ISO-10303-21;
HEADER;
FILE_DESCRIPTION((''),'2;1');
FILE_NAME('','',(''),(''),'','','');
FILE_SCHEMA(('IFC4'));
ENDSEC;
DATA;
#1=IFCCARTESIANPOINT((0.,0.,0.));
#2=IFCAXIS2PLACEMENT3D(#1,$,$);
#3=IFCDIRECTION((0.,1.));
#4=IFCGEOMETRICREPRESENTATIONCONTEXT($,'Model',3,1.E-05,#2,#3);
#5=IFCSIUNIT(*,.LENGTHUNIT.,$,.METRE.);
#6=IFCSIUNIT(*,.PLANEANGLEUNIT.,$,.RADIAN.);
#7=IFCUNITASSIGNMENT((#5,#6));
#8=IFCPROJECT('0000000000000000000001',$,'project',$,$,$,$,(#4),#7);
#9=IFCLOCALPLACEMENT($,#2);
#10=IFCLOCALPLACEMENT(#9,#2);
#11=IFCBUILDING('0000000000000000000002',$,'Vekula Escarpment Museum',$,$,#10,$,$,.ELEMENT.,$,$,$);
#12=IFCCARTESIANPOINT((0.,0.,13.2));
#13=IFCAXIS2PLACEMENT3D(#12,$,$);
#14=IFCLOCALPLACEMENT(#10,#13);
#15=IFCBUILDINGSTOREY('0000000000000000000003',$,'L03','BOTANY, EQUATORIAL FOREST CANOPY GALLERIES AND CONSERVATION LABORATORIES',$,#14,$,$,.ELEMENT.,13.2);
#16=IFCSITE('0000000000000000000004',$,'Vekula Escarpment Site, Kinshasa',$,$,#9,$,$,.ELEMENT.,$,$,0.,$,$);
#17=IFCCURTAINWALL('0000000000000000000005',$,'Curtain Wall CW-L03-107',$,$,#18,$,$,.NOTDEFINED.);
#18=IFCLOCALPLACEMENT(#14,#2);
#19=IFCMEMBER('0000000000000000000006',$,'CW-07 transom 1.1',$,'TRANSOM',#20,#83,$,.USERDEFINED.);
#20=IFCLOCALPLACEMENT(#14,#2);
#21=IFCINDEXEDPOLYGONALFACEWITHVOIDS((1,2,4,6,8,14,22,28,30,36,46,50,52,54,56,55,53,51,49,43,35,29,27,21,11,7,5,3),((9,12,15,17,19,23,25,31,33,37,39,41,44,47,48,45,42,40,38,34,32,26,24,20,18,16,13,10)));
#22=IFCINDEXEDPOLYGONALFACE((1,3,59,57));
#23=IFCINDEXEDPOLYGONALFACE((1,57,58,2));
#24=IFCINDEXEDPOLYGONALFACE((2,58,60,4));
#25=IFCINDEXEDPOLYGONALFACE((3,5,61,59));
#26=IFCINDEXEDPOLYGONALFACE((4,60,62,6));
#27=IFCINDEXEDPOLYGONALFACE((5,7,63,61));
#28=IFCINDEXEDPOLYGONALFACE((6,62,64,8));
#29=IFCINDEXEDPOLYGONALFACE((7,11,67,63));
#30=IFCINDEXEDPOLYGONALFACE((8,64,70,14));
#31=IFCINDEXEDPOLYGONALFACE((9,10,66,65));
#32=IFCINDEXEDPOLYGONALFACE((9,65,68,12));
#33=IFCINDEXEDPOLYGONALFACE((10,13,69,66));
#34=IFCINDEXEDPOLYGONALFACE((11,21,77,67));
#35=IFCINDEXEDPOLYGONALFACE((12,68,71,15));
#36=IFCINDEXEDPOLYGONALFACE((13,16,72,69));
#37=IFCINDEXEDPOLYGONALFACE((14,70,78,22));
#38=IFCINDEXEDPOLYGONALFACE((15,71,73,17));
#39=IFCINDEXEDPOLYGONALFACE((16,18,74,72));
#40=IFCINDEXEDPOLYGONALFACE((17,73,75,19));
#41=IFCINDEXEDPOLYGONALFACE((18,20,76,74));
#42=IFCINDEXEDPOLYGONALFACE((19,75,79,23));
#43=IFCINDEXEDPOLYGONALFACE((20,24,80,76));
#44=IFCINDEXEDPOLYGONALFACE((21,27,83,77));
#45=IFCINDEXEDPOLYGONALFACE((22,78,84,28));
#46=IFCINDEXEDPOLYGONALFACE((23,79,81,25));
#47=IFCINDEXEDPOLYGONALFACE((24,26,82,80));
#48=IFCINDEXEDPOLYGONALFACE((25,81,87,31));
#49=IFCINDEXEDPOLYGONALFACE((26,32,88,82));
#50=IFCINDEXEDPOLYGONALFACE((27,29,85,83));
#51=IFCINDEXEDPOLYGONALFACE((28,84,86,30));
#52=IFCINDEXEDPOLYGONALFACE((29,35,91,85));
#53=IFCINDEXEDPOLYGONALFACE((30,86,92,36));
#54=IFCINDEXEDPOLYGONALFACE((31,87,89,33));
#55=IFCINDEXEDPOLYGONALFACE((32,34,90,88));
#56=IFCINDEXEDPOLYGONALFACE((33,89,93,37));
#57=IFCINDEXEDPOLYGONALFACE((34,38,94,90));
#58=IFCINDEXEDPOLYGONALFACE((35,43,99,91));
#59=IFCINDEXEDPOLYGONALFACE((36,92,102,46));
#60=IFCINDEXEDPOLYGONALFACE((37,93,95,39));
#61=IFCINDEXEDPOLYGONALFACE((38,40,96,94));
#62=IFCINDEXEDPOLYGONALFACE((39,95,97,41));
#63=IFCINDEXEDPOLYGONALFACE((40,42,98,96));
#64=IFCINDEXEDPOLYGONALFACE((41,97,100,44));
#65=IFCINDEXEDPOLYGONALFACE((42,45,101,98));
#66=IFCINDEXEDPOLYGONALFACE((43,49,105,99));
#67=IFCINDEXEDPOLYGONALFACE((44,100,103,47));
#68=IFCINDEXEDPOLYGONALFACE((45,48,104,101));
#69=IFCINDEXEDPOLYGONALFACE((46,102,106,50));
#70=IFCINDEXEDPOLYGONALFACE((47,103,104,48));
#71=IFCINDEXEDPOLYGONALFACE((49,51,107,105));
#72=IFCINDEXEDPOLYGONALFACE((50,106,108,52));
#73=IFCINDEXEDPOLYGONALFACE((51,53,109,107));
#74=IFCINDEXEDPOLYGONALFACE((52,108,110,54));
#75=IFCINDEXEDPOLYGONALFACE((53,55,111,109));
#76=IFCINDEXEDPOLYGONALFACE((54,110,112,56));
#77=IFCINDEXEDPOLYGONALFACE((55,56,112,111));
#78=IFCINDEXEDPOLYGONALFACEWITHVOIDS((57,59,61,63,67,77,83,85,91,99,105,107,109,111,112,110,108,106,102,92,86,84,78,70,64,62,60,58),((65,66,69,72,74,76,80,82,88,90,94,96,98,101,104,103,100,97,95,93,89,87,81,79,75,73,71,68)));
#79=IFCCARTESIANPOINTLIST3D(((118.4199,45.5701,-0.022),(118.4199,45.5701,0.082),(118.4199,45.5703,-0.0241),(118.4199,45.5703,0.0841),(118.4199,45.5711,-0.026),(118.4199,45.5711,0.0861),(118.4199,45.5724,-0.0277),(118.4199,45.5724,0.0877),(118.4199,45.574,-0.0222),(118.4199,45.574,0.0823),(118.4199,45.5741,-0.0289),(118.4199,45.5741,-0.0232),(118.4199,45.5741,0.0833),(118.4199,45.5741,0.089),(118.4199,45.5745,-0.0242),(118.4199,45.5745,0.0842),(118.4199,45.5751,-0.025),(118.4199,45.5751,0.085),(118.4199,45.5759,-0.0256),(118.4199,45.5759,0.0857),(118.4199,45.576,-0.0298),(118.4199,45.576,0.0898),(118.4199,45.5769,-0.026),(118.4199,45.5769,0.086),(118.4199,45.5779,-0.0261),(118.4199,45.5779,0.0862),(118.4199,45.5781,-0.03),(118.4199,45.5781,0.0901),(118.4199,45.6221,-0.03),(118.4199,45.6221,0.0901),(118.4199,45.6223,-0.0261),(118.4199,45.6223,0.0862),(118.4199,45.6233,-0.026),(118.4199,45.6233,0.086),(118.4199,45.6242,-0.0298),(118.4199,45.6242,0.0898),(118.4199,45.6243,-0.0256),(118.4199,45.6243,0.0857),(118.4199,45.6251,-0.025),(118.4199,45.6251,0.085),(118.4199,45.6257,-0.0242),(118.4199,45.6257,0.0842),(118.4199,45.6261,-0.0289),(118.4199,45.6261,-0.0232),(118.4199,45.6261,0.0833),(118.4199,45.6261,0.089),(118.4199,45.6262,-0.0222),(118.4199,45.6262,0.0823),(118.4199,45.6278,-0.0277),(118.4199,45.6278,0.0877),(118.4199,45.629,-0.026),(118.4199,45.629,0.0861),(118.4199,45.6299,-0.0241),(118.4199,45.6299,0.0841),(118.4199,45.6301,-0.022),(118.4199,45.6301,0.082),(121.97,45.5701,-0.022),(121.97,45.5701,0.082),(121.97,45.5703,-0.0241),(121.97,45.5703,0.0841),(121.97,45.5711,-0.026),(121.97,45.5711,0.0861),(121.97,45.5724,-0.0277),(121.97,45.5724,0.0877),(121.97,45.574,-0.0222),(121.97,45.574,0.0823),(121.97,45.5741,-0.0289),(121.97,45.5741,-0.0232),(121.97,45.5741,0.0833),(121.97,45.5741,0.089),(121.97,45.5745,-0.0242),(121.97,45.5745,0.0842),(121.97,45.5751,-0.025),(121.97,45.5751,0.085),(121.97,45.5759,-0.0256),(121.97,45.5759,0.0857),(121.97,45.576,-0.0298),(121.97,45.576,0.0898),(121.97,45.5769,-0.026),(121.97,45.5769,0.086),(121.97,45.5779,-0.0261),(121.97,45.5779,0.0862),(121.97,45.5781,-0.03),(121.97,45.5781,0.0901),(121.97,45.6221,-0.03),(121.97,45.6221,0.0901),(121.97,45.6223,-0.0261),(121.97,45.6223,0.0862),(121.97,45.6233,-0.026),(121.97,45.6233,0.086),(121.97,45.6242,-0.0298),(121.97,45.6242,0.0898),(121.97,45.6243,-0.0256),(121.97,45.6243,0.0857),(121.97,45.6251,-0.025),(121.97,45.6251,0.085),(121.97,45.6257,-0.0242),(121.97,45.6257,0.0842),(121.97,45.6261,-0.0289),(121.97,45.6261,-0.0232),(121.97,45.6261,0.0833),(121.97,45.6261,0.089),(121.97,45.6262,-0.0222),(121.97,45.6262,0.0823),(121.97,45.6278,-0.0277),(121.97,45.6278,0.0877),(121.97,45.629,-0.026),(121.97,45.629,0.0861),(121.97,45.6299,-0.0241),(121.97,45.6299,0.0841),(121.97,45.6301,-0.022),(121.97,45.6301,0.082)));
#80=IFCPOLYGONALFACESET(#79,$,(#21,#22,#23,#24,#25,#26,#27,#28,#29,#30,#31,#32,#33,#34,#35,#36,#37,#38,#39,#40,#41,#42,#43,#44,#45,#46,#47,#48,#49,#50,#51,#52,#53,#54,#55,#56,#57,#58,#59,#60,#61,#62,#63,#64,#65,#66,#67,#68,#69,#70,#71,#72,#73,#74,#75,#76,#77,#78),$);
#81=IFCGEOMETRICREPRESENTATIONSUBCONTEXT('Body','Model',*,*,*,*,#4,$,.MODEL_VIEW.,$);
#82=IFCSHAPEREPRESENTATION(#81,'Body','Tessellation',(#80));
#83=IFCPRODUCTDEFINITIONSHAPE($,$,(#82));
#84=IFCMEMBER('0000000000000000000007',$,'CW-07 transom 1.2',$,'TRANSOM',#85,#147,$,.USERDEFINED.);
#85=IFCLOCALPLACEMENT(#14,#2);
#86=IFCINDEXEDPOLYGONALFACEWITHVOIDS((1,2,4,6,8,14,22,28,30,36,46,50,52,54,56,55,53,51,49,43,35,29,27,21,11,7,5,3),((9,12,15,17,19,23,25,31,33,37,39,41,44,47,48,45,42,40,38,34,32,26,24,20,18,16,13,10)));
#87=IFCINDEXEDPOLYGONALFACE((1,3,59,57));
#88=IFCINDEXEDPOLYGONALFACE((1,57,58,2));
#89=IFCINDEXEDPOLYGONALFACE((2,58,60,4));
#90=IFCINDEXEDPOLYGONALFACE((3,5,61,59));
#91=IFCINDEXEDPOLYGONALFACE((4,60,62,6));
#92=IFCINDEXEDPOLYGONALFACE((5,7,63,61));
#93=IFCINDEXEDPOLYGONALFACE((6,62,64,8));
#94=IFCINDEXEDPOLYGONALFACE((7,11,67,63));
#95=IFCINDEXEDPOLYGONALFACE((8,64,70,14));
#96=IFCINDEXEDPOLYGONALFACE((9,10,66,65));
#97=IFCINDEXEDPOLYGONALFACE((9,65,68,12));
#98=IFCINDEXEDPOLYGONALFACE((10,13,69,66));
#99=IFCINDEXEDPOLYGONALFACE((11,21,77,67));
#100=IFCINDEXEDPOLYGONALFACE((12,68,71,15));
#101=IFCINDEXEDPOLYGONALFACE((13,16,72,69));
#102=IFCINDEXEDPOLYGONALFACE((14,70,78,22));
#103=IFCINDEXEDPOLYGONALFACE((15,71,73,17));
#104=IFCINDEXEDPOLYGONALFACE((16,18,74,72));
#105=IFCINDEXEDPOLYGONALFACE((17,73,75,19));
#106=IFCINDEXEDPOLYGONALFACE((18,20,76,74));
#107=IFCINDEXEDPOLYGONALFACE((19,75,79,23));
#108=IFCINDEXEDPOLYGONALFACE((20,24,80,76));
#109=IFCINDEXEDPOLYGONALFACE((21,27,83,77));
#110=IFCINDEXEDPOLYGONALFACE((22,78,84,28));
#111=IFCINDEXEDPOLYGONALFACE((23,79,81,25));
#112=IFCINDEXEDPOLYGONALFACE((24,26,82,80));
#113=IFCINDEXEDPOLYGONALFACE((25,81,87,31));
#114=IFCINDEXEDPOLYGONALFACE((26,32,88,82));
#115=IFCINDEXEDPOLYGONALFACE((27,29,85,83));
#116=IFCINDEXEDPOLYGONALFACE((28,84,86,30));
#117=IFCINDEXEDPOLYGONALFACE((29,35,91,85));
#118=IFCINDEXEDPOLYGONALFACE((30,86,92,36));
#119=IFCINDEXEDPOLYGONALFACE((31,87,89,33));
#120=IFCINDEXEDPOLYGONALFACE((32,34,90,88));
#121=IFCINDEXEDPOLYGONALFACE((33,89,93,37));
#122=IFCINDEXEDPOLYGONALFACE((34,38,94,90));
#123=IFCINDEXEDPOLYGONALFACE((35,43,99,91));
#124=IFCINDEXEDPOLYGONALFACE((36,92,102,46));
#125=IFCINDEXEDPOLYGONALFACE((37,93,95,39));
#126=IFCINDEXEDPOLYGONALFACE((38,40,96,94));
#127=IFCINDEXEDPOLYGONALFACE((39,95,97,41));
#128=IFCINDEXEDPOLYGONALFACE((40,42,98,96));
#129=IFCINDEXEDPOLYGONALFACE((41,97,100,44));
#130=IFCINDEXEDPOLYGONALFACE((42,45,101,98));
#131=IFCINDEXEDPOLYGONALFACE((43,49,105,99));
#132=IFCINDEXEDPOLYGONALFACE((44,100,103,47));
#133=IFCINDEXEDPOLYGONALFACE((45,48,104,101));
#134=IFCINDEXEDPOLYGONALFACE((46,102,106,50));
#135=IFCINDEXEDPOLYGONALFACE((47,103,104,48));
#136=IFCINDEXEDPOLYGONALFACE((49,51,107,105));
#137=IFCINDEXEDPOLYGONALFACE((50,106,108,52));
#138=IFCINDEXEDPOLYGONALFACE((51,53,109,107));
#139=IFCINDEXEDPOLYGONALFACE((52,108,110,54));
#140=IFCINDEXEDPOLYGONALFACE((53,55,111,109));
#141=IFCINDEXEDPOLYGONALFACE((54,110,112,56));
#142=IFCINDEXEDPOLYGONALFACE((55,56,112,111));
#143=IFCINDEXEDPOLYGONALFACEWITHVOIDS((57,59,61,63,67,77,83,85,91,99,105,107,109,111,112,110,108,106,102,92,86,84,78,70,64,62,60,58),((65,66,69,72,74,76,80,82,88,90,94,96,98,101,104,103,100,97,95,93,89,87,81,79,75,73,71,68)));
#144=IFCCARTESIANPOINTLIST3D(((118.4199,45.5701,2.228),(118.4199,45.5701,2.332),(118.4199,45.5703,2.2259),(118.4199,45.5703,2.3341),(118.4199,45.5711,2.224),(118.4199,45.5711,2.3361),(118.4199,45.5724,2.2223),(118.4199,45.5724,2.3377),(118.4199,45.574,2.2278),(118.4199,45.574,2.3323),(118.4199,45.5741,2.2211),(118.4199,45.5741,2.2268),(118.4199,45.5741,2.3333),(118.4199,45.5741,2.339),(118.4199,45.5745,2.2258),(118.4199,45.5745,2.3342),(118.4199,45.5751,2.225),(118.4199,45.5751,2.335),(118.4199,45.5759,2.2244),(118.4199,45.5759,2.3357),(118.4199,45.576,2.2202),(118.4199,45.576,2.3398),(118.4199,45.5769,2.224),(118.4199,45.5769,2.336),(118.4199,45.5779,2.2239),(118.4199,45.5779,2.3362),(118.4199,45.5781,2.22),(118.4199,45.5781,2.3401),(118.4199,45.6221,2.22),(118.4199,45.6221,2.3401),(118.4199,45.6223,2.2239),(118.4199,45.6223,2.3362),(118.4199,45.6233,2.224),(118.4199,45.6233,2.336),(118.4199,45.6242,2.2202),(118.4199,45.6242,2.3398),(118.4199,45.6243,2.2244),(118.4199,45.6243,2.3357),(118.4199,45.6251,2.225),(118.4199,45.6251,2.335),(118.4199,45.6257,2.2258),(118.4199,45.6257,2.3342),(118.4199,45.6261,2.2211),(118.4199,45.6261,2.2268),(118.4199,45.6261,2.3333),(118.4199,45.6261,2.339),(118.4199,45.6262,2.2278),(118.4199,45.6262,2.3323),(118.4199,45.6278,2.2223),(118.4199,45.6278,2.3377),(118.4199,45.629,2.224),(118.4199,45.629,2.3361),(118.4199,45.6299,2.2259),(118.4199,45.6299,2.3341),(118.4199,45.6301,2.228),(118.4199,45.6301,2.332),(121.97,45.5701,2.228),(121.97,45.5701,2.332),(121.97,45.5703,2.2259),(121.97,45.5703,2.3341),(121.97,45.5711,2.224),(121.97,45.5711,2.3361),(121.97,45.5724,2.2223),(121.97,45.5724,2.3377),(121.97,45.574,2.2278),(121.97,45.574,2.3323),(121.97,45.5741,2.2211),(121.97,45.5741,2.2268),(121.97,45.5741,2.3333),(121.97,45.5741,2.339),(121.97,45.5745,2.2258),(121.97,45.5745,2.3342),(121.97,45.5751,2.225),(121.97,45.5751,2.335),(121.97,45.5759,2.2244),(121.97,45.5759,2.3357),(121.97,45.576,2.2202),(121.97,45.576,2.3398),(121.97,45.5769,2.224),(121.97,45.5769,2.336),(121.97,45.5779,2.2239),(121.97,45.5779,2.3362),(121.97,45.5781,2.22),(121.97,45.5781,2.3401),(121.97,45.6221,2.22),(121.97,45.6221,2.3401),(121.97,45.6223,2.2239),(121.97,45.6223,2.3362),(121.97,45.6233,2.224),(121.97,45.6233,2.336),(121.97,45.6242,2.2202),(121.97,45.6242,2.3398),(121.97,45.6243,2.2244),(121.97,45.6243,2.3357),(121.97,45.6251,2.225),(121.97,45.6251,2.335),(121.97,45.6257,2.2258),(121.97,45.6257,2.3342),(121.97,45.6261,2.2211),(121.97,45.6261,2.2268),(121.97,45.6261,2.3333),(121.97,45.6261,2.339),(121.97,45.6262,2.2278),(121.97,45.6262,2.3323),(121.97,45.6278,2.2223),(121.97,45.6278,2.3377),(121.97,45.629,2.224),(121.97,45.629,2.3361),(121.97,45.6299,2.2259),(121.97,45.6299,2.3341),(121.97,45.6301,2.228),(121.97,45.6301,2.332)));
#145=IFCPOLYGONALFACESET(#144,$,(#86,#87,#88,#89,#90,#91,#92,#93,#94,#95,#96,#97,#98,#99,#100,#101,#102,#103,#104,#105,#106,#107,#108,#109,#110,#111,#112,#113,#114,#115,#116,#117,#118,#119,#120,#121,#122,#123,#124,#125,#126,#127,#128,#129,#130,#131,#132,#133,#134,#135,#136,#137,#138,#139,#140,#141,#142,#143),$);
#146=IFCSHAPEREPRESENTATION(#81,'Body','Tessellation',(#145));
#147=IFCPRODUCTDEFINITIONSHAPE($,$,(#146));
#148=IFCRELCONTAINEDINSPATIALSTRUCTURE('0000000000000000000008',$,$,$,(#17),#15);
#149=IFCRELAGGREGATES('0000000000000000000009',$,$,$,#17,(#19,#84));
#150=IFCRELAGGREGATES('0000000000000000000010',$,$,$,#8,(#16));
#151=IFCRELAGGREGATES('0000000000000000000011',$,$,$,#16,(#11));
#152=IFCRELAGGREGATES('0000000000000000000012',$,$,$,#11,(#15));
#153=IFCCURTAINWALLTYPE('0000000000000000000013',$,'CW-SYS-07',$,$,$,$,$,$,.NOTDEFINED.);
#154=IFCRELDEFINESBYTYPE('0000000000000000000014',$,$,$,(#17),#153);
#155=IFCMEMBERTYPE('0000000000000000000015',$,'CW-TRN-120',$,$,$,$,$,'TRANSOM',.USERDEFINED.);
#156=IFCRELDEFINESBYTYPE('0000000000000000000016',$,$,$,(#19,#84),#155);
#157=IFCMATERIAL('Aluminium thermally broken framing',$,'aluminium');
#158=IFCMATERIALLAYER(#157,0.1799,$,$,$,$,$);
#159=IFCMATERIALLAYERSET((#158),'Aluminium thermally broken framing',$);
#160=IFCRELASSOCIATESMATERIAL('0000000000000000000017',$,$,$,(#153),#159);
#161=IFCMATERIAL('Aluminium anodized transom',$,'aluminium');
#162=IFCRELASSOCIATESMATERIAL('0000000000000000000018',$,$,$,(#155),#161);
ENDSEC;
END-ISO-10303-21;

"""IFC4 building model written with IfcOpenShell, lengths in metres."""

from ifc_helpers import new_model, si_unit, direction, frame, origin, origin_2d, place, context, subcontext, project, spatial, hollow_rectangle, extrude, material, layer, layer_set, material_profile, profile_set, type_object, element, aggregate, save


model = new_model("IFC4")

# Units and contexts
model_context = context("Model", 3, precision=1e-05, world=origin(), true_north=direction((0.0, 1.0)))
body_context = subcontext(model_context, "Body", "Model", "MODEL_VIEW")
ifc_project = project(units=[si_unit("LENGTHUNIT", "METRE"), si_unit("PLANEANGLEUNIT", "RADIAN")], contexts=[model_context])

# Site, building, storey
site_placement = place(None, origin())
site = spatial("IfcSite", under=ifc_project, at=site_placement, Name="Vekula Escarpment Site, Kinshasa", CompositionType="ELEMENT", RefElevation=0.0)
building_placement = place(site_placement, origin())
building = spatial("IfcBuilding", under=site, at=building_placement, Name="Vekula Escarpment Museum", CompositionType="ELEMENT")
storey_placement = place(building_placement, frame((0.0, 0.0, 13.2)))
storey = spatial("IfcBuildingStorey", under=building, at=storey_placement, Name="L03", Description="BOTANY, EQUATORIAL FOREST CANOPY GALLERIES AND CONSERVATION LABORATORIES", CompositionType="ELEMENT", Elevation=13.2)

# Curtain wall
ifc_material_1 = material(Name="Aluminium thermally broken framing", Category="aluminium")
ifc_layer_1 = layer(ifc_material_1, 0.1799)
ifc_layer_set_1 = layer_set([ifc_layer_1], Name="Aluminium thermally broken framing")
curtain_wall_type_1 = type_object("IfcCurtainWallType", Name="CW-SYS-07", PredefinedType="NOTDEFINED", material=ifc_layer_set_1)
curtain_wall_1_placement = place(storey_placement, origin())
curtain_wall_1 = element("IfcCurtainWall", 1, at=curtain_wall_1_placement, inside=storey, type_object=curtain_wall_type_1, Name="Curtain Wall CW-L03-107", PredefinedType="NOTDEFINED")

# Members
ifc_material_2 = material(Name="Aluminium anodized transom", Category="aluminium")
ifc_material_profile_1 = material_profile(ifc_material_2, hollow_rectangle(XDim=0.0601, YDim=0.1201, WallThickness=0.0039, InnerFilletRadius=0.0039, OuterFilletRadius=0.0081, at=origin_2d()), Name="ALU 120x60x4")
ifc_profile_set_1 = profile_set([ifc_material_profile_1], Name="Aluminium anodized transom")
member_type_1 = type_object("IfcMemberType", Name="CW-TRN-120", ElementType="TRANSOM", PredefinedType="USERDEFINED", material=ifc_profile_set_1)
member_1_placement = place(storey_placement, frame((118.4199, 45.6001, 0.03), z_axis=(1.0, 0.0, 0.0), x_axis=(0.0, 1.0, 0.0)))
member_1 = element("IfcMember", 2, at=member_1_placement, type_object=member_type_1, Name="CW-07 transom 1.1", ObjectType="TRANSOM", PredefinedType="USERDEFINED", context=body_context, shape_type="SweptSolid", body=[
    extrude(hollow_rectangle(XDim=0.0601, YDim=0.1201, WallThickness=0.0039, InnerFilletRadius=0.0039, OuterFilletRadius=0.0081, at=origin_2d()), origin(), (0.0, 0.0, 1.0), 3.55),
])
member_2_placement = place(storey_placement, frame((118.4199, 45.6001, 2.28), z_axis=(1.0, 0.0, 0.0), x_axis=(0.0, 1.0, 0.0)))
member_2 = element("IfcMember", 3, at=member_2_placement, type_object=member_type_1, Name="CW-07 transom 1.2", ObjectType="TRANSOM", PredefinedType="USERDEFINED", context=body_context, shape_type="SweptSolid", body=[
    extrude(hollow_rectangle(XDim=0.0601, YDim=0.1201, WallThickness=0.0039, InnerFilletRadius=0.0039, OuterFilletRadius=0.0081, at=origin_2d()), origin(), (0.0, 0.0, 1.0), 3.55),
])

aggregate(curtain_wall_1, [member_1, member_2])

save(model, "model.ifc")
